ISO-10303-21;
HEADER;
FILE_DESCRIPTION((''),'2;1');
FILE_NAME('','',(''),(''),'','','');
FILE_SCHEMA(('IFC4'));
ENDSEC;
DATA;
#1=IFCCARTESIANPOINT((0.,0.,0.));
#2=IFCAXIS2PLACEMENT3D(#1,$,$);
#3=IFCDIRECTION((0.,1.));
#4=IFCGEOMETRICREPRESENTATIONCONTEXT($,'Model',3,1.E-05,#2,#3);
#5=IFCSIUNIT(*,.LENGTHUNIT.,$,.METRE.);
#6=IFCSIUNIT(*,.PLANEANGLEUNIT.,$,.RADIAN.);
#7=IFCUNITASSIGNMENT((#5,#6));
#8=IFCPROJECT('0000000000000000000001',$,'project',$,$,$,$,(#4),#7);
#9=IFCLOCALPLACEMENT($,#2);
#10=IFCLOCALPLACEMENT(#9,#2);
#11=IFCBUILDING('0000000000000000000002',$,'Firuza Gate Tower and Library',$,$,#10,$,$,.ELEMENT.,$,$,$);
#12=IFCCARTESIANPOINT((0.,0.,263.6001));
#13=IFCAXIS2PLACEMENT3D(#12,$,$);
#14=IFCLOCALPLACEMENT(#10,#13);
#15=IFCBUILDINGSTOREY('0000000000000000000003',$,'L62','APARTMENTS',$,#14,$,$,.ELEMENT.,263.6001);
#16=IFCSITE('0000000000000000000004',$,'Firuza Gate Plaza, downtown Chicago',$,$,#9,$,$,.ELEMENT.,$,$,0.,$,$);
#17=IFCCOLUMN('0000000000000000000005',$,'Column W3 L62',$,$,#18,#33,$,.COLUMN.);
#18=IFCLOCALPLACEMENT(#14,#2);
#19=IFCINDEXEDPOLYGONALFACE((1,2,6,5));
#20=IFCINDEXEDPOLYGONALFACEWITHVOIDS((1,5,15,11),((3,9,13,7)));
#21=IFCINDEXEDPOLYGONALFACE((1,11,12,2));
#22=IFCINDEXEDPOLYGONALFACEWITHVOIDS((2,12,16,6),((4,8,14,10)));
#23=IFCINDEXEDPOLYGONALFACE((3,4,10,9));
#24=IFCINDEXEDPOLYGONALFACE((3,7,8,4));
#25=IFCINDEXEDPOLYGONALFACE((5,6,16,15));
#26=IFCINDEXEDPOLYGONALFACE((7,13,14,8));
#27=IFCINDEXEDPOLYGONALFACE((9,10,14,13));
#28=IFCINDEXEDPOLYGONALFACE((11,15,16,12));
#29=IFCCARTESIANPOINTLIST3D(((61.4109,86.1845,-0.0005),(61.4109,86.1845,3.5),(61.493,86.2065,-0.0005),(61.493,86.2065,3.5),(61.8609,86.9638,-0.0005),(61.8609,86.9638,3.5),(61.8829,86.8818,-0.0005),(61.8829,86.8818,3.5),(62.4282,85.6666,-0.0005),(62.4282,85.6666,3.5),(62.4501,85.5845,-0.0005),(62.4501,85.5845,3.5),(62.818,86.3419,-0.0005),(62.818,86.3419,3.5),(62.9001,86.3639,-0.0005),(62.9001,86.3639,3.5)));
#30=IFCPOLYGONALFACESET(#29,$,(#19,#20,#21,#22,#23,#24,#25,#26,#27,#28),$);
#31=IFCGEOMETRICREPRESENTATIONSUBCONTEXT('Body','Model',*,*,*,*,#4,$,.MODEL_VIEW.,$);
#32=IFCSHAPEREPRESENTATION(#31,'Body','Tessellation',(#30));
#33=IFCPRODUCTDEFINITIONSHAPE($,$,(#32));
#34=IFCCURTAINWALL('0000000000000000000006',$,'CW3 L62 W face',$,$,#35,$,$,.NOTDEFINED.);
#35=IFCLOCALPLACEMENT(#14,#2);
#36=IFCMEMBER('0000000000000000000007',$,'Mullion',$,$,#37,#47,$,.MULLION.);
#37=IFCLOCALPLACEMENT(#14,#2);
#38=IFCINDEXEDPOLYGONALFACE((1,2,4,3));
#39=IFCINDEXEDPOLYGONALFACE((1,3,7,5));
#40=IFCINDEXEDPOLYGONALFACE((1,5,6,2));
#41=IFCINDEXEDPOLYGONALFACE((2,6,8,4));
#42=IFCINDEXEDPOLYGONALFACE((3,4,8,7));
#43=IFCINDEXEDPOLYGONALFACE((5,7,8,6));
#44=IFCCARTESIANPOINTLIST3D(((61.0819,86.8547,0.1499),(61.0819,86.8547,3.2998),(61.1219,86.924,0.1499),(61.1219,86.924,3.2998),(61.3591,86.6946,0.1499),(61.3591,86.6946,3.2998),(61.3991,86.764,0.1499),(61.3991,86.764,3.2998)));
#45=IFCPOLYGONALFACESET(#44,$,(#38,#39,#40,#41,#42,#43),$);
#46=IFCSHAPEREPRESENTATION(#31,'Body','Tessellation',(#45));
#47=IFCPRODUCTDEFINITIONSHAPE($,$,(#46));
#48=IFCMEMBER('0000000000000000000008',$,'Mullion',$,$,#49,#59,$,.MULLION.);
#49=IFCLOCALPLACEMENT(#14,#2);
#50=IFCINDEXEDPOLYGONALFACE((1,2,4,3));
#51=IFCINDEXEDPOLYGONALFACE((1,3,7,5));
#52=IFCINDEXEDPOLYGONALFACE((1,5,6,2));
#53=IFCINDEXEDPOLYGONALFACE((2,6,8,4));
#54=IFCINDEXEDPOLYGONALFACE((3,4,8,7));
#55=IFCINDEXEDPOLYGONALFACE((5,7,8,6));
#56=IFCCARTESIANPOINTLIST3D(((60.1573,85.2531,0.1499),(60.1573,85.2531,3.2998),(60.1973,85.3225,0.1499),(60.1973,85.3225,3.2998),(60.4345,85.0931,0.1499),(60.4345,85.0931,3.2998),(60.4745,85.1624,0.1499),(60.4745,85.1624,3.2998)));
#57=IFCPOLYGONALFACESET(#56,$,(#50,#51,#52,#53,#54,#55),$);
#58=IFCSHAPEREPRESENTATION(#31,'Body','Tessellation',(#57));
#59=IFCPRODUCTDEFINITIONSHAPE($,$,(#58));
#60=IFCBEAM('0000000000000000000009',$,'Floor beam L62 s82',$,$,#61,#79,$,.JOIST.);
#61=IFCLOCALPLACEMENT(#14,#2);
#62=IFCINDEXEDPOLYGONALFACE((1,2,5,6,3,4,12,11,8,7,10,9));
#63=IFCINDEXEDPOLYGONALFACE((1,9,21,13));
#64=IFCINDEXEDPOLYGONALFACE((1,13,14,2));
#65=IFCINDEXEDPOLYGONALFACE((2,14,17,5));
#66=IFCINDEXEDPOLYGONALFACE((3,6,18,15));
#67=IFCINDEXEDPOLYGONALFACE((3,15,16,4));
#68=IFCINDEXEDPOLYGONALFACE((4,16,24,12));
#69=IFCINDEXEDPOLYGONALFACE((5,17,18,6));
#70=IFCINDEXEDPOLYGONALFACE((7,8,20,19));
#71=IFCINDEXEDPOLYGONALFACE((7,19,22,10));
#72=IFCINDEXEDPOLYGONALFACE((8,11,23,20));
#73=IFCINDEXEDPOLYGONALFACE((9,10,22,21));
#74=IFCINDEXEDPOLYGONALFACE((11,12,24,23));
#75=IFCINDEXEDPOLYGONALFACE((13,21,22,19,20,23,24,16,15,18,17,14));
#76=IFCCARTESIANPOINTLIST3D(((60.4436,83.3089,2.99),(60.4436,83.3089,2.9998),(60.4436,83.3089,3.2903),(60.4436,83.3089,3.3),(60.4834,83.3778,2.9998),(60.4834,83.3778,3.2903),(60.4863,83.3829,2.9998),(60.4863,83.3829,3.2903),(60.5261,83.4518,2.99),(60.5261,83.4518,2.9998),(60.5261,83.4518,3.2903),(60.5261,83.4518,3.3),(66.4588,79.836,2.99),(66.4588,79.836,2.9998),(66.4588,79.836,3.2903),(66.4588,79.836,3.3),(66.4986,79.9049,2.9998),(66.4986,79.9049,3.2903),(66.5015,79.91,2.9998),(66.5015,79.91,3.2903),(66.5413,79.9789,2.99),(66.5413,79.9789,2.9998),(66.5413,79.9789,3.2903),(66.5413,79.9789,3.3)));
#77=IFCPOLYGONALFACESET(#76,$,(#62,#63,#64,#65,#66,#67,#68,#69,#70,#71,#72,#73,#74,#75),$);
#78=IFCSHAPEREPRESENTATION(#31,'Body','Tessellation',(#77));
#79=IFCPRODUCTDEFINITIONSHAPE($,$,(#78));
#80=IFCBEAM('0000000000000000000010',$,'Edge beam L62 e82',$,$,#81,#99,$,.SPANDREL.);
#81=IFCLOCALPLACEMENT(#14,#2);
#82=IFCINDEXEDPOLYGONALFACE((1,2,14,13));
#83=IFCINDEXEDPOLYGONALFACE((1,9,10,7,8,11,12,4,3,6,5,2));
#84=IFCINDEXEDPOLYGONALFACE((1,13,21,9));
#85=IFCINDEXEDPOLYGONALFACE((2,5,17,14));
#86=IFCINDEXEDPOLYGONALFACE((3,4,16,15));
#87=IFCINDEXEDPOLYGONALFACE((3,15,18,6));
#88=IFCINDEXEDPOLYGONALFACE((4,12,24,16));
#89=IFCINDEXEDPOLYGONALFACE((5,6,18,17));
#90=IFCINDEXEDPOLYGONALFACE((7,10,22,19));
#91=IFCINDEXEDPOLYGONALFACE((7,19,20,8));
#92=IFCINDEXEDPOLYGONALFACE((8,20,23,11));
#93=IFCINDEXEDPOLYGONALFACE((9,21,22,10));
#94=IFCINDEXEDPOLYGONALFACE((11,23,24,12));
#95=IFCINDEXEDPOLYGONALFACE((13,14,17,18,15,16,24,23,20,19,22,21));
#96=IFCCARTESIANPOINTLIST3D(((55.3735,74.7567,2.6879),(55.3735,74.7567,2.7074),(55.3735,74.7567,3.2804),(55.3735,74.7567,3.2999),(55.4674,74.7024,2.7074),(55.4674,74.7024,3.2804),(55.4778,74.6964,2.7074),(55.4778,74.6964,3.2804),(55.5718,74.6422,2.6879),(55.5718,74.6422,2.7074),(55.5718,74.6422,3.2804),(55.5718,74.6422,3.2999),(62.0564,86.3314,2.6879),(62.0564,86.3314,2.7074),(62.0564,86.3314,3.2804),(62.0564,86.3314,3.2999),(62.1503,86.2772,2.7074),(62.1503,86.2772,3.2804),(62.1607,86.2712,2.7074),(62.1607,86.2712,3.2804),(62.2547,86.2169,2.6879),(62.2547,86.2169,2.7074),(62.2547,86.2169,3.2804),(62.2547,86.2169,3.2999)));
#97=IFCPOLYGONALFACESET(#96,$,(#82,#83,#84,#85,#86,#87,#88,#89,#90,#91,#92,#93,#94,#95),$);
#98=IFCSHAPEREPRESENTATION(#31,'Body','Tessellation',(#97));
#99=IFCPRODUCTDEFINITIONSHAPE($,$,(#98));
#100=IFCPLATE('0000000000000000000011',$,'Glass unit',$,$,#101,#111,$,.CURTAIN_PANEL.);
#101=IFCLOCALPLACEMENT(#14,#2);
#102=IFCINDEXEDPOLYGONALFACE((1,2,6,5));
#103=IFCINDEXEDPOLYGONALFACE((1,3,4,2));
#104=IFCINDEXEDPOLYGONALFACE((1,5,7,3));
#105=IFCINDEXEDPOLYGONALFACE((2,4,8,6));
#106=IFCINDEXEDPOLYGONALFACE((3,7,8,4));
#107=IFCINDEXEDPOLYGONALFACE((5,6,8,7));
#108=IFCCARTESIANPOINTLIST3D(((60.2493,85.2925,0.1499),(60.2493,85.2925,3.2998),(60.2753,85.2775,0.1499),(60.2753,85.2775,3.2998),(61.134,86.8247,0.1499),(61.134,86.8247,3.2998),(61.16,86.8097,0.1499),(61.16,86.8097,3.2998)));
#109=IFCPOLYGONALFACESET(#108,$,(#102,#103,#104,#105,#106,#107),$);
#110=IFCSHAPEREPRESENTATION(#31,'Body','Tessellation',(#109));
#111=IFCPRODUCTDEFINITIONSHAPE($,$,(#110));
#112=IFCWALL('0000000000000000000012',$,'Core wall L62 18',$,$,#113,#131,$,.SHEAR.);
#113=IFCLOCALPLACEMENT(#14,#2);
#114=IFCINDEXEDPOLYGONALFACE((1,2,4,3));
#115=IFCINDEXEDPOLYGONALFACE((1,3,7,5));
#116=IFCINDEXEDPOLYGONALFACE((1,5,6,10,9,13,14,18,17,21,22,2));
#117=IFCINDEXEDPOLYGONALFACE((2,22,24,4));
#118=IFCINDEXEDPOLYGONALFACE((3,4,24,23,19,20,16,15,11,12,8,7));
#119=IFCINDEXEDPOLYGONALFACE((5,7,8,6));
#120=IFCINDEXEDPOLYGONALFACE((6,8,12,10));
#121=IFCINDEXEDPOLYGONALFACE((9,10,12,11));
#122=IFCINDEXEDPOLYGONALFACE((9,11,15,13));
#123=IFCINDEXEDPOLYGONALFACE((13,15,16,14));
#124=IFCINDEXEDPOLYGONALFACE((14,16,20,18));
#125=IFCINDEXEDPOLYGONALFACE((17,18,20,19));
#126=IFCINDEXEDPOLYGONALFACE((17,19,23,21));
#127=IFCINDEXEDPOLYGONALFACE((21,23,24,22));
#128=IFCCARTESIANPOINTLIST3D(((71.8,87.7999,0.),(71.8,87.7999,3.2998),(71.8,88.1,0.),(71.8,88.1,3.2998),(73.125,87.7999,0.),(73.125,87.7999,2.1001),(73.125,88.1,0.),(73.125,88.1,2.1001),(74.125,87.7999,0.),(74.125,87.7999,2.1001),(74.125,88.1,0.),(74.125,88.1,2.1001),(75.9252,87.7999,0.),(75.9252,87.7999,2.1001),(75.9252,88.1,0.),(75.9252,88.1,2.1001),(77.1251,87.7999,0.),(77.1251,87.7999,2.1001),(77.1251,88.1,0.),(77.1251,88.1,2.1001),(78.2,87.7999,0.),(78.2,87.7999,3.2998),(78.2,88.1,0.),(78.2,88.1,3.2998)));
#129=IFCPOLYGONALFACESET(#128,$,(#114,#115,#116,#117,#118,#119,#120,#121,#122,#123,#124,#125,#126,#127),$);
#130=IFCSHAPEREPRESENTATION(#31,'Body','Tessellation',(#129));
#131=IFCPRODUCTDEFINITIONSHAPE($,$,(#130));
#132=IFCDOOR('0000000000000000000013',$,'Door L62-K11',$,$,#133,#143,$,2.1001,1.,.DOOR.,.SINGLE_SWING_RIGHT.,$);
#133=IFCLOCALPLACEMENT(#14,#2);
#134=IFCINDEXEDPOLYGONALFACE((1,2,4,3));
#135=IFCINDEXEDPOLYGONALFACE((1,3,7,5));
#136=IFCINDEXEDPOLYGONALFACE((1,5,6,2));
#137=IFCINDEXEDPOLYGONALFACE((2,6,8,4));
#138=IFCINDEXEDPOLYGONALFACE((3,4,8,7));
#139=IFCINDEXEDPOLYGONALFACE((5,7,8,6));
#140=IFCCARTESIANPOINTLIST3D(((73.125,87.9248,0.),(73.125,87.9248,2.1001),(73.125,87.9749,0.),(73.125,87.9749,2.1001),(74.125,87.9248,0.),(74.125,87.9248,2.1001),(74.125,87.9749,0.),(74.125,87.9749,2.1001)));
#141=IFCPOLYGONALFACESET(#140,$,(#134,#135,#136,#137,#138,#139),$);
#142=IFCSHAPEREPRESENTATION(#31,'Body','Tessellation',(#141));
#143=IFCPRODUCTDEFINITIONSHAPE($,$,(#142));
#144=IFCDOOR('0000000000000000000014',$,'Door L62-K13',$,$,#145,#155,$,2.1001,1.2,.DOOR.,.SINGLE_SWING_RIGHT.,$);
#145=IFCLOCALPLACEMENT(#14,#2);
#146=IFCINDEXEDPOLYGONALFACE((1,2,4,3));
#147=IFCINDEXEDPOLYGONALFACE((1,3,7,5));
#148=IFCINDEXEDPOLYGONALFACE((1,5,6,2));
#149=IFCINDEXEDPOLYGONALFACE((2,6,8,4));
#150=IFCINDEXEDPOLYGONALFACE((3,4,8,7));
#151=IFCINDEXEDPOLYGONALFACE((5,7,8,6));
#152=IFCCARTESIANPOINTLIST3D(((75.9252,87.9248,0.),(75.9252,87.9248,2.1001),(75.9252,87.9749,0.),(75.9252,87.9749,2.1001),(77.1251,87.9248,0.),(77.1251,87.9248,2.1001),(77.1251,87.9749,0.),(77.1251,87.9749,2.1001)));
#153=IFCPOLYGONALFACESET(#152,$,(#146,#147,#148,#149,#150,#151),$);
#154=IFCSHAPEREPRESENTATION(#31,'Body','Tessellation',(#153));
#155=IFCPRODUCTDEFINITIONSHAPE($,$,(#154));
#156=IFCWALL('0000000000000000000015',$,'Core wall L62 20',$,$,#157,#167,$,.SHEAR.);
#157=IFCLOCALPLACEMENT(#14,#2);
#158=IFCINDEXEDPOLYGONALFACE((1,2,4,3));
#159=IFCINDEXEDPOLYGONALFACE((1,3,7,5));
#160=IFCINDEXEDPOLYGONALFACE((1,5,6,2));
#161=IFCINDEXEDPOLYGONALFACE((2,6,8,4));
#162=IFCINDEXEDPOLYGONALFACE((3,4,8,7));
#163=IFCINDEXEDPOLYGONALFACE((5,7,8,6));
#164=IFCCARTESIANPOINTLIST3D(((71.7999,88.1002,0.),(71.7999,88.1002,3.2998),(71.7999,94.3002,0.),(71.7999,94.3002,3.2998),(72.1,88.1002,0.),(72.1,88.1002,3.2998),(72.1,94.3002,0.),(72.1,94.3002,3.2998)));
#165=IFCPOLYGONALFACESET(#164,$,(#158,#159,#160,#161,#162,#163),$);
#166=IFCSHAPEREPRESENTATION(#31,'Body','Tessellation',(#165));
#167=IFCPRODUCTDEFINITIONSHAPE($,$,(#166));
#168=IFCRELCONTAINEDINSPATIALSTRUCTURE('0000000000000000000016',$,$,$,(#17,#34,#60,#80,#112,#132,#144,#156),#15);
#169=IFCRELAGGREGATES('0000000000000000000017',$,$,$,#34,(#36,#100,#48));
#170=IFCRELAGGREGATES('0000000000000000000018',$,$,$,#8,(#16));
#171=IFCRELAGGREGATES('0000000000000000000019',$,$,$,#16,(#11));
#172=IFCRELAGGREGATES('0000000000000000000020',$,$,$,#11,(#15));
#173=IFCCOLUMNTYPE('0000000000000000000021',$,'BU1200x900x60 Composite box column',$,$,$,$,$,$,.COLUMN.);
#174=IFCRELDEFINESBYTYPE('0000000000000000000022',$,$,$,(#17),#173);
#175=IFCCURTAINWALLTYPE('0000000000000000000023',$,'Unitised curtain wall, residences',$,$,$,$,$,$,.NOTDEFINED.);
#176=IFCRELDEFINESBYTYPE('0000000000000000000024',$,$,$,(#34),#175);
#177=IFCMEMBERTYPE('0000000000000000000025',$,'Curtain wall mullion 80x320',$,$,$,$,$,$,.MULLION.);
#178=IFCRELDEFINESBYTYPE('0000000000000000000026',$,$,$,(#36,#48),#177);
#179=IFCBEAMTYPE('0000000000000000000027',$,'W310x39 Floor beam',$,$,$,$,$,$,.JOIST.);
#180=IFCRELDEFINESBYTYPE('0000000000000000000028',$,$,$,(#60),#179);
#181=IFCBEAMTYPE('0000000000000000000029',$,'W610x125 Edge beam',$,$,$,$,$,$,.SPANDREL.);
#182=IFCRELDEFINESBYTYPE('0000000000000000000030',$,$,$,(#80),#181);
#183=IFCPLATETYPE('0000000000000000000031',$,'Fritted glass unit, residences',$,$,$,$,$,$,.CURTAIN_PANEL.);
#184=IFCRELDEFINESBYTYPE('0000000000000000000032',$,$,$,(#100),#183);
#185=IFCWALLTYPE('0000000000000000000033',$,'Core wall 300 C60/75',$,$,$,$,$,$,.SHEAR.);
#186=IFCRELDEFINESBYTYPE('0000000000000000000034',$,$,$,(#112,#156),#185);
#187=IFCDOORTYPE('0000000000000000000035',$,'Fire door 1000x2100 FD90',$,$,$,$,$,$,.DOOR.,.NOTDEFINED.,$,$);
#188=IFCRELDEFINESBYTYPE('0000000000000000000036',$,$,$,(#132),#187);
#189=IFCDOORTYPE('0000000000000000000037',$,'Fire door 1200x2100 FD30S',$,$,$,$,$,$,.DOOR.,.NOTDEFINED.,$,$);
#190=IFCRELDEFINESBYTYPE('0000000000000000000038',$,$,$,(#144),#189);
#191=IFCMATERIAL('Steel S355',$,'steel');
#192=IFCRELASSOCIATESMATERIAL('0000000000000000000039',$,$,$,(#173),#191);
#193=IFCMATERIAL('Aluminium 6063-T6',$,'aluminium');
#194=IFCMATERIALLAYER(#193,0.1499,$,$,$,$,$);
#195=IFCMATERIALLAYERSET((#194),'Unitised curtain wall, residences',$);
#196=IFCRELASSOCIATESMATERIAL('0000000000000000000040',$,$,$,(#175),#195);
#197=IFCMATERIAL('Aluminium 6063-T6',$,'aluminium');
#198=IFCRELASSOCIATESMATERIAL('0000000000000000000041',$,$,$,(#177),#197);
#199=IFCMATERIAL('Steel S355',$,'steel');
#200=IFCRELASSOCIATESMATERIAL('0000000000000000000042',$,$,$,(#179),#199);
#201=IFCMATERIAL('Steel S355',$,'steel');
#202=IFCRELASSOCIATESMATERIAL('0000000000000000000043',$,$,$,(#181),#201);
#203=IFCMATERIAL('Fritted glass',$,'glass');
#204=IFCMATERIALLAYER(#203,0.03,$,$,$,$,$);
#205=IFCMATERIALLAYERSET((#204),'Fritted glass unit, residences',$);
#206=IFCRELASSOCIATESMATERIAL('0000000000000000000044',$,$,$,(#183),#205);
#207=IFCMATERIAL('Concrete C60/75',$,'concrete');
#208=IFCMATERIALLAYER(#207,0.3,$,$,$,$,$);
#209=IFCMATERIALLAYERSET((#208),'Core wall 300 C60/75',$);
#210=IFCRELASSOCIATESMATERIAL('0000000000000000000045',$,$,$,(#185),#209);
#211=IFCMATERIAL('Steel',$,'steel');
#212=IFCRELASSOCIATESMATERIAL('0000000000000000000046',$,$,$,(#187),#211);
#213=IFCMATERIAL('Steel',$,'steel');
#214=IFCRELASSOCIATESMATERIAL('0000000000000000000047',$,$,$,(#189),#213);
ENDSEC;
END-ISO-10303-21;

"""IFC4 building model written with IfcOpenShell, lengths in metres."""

from ifc_helpers import new_model, si_unit, direction, frame, frame_2d, origin, origin_2d, place, context, subcontext, project, spatial, polyline, rectangle, hollow_rectangle, i_section, outline, extrude, material, layer, layer_set, material_profile, profile_set, type_object, element, fill, aggregate, save


model = new_model("IFC4")

# Units and contexts
model_context = context("Model", 3, precision=1e-05, world=origin(), true_north=direction((0.0, 1.0)))
body_context = subcontext(model_context, "Body", "Model", "MODEL_VIEW")
ifc_project = project(units=[si_unit("LENGTHUNIT", "METRE"), si_unit("PLANEANGLEUNIT", "RADIAN")], contexts=[model_context])

# Site, building, storey
site_placement = place(None, origin())
site = spatial("IfcSite", under=ifc_project, at=site_placement, Name="Firuza Gate Plaza, downtown Chicago", CompositionType="ELEMENT", RefElevation=0.0)
building_placement = place(site_placement, origin())
building = spatial("IfcBuilding", under=site, at=building_placement, Name="Firuza Gate Tower and Library", CompositionType="ELEMENT")
storey_placement = place(building_placement, frame((0.0, 0.0, 263.6001)))
storey = spatial("IfcBuildingStorey", under=building, at=storey_placement, Name="L62", Description="APARTMENTS", CompositionType="ELEMENT", Elevation=263.6001)

# Column
ifc_material_1 = material(Name="Steel S355", Category="steel")
ifc_material_profile_1 = material_profile(ifc_material_1, hollow_rectangle(XDim=0.8999, YDim=1.2, WallThickness=0.0601, at=origin_2d()))
ifc_profile_set_1 = profile_set([ifc_material_profile_1], Name="Steel S355")
column_type = type_object("IfcColumnType", Name="BU1200x900x60 Composite box column", PredefinedType="COLUMN", material=ifc_profile_set_1)
column_placement = place(storey_placement, frame((62.1555, 86.2742, -0.0005), z_axis=(0.0, 0.0, 1.0), x_axis=(-0.5, -0.866025, 0.0)))
element("IfcColumn", 1, at=column_placement, inside=storey, type_object=column_type, Name="Column W3 L62", PredefinedType="COLUMN", context=body_context, shape_type="SweptSolid", body=[
    extrude(hollow_rectangle(XDim=0.8999, YDim=1.2, WallThickness=0.0601, at=origin_2d()), origin(), (0.0, 0.0, 1.0), 3.5005),
])

# Curtain wall, members
ifc_material_2 = material(Name="Aluminium 6063-T6", Category="aluminium")
ifc_layer_1 = layer(ifc_material_2, 0.1499)
ifc_layer_set_1 = layer_set([ifc_layer_1], Name="Unitised curtain wall, residences")
curtain_wall_type = type_object("IfcCurtainWallType", Name="Unitised curtain wall, residences", PredefinedType="NOTDEFINED", material=ifc_layer_set_1)
curtain_wall_placement = place(storey_placement, origin())
curtain_wall = element("IfcCurtainWall", 2, at=curtain_wall_placement, inside=storey, type_object=curtain_wall_type, Name="CW3 L62 W face", PredefinedType="NOTDEFINED")
ifc_material_3 = material(Name="Aluminium 6063-T6", Category="aluminium")
ifc_material_profile_2 = material_profile(ifc_material_3, rectangle(XDim=0.3201, YDim=0.0801, at=origin_2d()))
ifc_profile_set_2 = profile_set([ifc_material_profile_2], Name="Aluminium 6063-T6")
member_type = type_object("IfcMemberType", Name="Curtain wall mullion 80x320", PredefinedType="MULLION", material=ifc_profile_set_2)
member_1_placement = place(storey_placement, frame((61.2405, 86.8093, 0.1499), z_axis=(0.0, 0.0, 1.0), x_axis=(0.866025, -0.5, 0.0)))
member_1 = element("IfcMember", 3, at=member_1_placement, type_object=member_type, Name="Mullion", PredefinedType="MULLION", context=body_context, shape_type="SweptSolid", body=[
    extrude(rectangle(XDim=0.3201, YDim=0.0801, at=origin_2d()), origin(), (0.0, 0.0, 1.0), 3.1499),
])
member_2_placement = place(storey_placement, frame((60.3159, 85.2078, 0.1499), z_axis=(0.0, 0.0, 1.0), x_axis=(0.866025, -0.5, 0.0)))
member_2 = element("IfcMember", 4, at=member_2_placement, type_object=member_type, Name="Mullion", PredefinedType="MULLION", context=body_context, shape_type="SweptSolid", body=[
    extrude(rectangle(XDim=0.3201, YDim=0.0801, at=origin_2d()), origin(), (0.0, 0.0, 1.0), 3.1499),
])

# Beams
ifc_material_4 = material(Name="Steel S355", Category="steel")
ifc_material_profile_3 = material_profile(ifc_material_4, i_section(OverallWidth=0.165, OverallDepth=0.3101, WebThickness=0.0059, FlangeThickness=0.0098, at=origin_2d()))
ifc_profile_set_3 = profile_set([ifc_material_profile_3], Name="Steel S355")
beam_type_1 = type_object("IfcBeamType", Name="W310x39 Floor beam", PredefinedType="JOIST", material=ifc_profile_set_3)
beam_1_placement = place(storey_placement, frame((60.4849, 83.3804, 3.145), z_axis=(0.866022, -0.500006, 0.0), x_axis=(0.500006, 0.866022, 0.0)))
element("IfcBeam", 5, at=beam_1_placement, inside=storey, type_object=beam_type_1, Name="Floor beam L62 s82", PredefinedType="JOIST", context=body_context, shape_type="SweptSolid", body=[
    extrude(i_section(OverallWidth=0.165, OverallDepth=0.3101, WebThickness=0.0059, FlangeThickness=0.0098, at=origin_2d()), origin(), (0.0, 0.0, 1.0), 6.9458),
])
ifc_material_5 = material(Name="Steel S355", Category="steel")
ifc_material_profile_4 = material_profile(ifc_material_5, i_section(OverallWidth=0.229, OverallDepth=0.6121, WebThickness=0.012, FlangeThickness=0.0195, at=origin_2d()))
ifc_profile_set_4 = profile_set([ifc_material_profile_4], Name="Steel S355")
beam_type_2 = type_object("IfcBeamType", Name="W610x125 Edge beam", PredefinedType="SPANDREL", material=ifc_profile_set_4)
beam_2_placement = place(storey_placement, frame((62.1555, 86.2742, 2.9939), z_axis=(-0.500011, -0.866019, 0.0), x_axis=(0.866019, -0.500011, 0.0)))
element("IfcBeam", 6, at=beam_2_placement, inside=storey, type_object=beam_type_2, Name="Edge beam L62 e82", PredefinedType="SPANDREL", context=body_context, shape_type="SweptSolid", body=[
    extrude(i_section(OverallWidth=0.229, OverallDepth=0.6121, WebThickness=0.012, FlangeThickness=0.0195, at=origin_2d()), origin(), (0.0, 0.0, 1.0), 13.3655),
])

# Plate
ifc_material_6 = material(Name="Fritted glass", Category="glass")
ifc_layer_2 = layer(ifc_material_6, 0.03)
ifc_layer_set_2 = layer_set([ifc_layer_2], Name="Fritted glass unit, residences")
plate_type = type_object("IfcPlateType", Name="Fritted glass unit, residences", PredefinedType="CURTAIN_PANEL", material=ifc_layer_set_2)
plate_placement = place(storey_placement, frame((61.134, 86.8247, 0.1499), z_axis=(-0.865993, 0.500057, 0.0), x_axis=(-0.500057, -0.865993, 0.0)))
plate = element("IfcPlate", 7, at=plate_placement, type_object=plate_type, Name="Glass unit", PredefinedType="CURTAIN_PANEL", context=body_context, shape_type="SweptSolid", body=[
    extrude(outline(polyline([(0.0, 0.0), (1.7693, 0.0), (1.7693, 3.1499), (0.0, 3.1499), (0.0, 0.0)])), origin(), (0.0, 0.0, -1.0), 0.03),
])
aggregate(curtain_wall, [member_1, plate, member_2])

# Wall, openings, doors
ifc_material_7 = material(Name="Concrete C60/75", Category="concrete")
ifc_layer_3 = layer(ifc_material_7, 0.3)
ifc_layer_set_3 = layer_set([ifc_layer_3], Name="Core wall 300 C60/75")
wall_type_1 = type_object("IfcWallType", Name="Core wall 300 C60/75", PredefinedType="SHEAR", material=ifc_layer_set_3)
wall_1_placement = place(storey_placement, frame((71.8, 87.95, 0.0), z_axis=(0.0, 0.0, 1.0), x_axis=(1.0, 0.0, 0.0)))
wall_1 = element("IfcWall", 8, at=wall_1_placement, inside=storey, type_object=wall_type_1, Name="Core wall L62 18", PredefinedType="SHEAR", context=body_context, shape_type="SweptSolid", body=[
    extrude(rectangle(XDim=6.3999, YDim=0.3, at=frame_2d((3.2, 0.0))), origin(), (0.0, 0.0, 1.0), 3.2998),
])
opening_1_placement = place(wall_1_placement, frame((1.325, 0.0, 0.0)))
opening_1 = element("IfcOpeningElement", 9, at=opening_1_placement, cuts=wall_1, PredefinedType="OPENING", context=body_context, shape_type="SweptSolid", body=[
    extrude(rectangle(XDim=1.0, YDim=2.1001, at=frame_2d((0.5, 1.05))), frame((0.0, 0.1602, 0.0), z_axis=(0.0, -1.0, 0.0), x_axis=(1.0, 0.0, 0.0)), (0.0, 0.0, 1.0), 0.3201),
])
opening_2_placement = place(wall_1_placement, frame((4.125, 0.0, 0.0)))
opening_2 = element("IfcOpeningElement", 10, at=opening_2_placement, cuts=wall_1, PredefinedType="OPENING", context=body_context, shape_type="SweptSolid", body=[
    extrude(rectangle(XDim=1.2, YDim=2.1001, at=frame_2d((0.6001, 1.05))), frame((0.0, 0.1602, 0.0), z_axis=(0.0, -1.0, 0.0), x_axis=(1.0, 0.0, 0.0)), (0.0, 0.0, 1.0), 0.3201),
])
ifc_material_8 = material(Name="Steel", Category="steel")
door_type_1 = type_object("IfcDoorType", Name="Fire door 1000x2100 FD90", OperationType="NOTDEFINED", PredefinedType="DOOR", material=ifc_material_8)
door_1_placement = place(opening_1_placement, origin())
door_1 = element("IfcDoor", 11, at=door_1_placement, inside=storey, type_object=door_type_1, Name="Door L62-K11", OperationType="SINGLE_SWING_RIGHT", OverallHeight=2.1001, OverallWidth=1.0, PredefinedType="DOOR", context=body_context, shape_type="SweptSolid", body=[
    extrude(rectangle(XDim=1.0, YDim=2.1001, at=frame_2d((0.5, 1.05))), frame((0.0, 0.0249, 0.0), z_axis=(0.0, -1.0, 0.0), x_axis=(1.0, 0.0, 0.0)), (0.0, 0.0, 1.0), 0.05),
])
fill(opening_1, door_1)
ifc_material_9 = material(Name="Steel", Category="steel")
door_type_2 = type_object("IfcDoorType", Name="Fire door 1200x2100 FD30S", OperationType="NOTDEFINED", PredefinedType="DOOR", material=ifc_material_9)
door_2_placement = place(opening_2_placement, origin())
door_2 = element("IfcDoor", 12, at=door_2_placement, inside=storey, type_object=door_type_2, Name="Door L62-K13", OperationType="SINGLE_SWING_RIGHT", OverallHeight=2.1001, OverallWidth=1.2, PredefinedType="DOOR", context=body_context, shape_type="SweptSolid", body=[
    extrude(rectangle(XDim=1.2, YDim=2.1001, at=frame_2d((0.6001, 1.05))), frame((0.0, 0.0249, 0.0), z_axis=(0.0, -1.0, 0.0), x_axis=(1.0, 0.0, 0.0)), (0.0, 0.0, 1.0), 0.05),
])
fill(opening_2, door_2)

# Wall
wall_2_placement = place(storey_placement, frame((71.95, 88.1001, 0.0), z_axis=(0.0, 0.0, 1.0), x_axis=(0.0, 1.0, 0.0)))
element("IfcWall", 13, at=wall_2_placement, inside=storey, type_object=wall_type_1, Name="Core wall L62 20", PredefinedType="SHEAR", context=body_context, shape_type="SweptSolid", body=[
    extrude(rectangle(XDim=6.2, YDim=0.3, at=frame_2d((3.1001, 0.0))), origin(), (0.0, 0.0, 1.0), 3.2998),
])

save(model, "model.ifc")
